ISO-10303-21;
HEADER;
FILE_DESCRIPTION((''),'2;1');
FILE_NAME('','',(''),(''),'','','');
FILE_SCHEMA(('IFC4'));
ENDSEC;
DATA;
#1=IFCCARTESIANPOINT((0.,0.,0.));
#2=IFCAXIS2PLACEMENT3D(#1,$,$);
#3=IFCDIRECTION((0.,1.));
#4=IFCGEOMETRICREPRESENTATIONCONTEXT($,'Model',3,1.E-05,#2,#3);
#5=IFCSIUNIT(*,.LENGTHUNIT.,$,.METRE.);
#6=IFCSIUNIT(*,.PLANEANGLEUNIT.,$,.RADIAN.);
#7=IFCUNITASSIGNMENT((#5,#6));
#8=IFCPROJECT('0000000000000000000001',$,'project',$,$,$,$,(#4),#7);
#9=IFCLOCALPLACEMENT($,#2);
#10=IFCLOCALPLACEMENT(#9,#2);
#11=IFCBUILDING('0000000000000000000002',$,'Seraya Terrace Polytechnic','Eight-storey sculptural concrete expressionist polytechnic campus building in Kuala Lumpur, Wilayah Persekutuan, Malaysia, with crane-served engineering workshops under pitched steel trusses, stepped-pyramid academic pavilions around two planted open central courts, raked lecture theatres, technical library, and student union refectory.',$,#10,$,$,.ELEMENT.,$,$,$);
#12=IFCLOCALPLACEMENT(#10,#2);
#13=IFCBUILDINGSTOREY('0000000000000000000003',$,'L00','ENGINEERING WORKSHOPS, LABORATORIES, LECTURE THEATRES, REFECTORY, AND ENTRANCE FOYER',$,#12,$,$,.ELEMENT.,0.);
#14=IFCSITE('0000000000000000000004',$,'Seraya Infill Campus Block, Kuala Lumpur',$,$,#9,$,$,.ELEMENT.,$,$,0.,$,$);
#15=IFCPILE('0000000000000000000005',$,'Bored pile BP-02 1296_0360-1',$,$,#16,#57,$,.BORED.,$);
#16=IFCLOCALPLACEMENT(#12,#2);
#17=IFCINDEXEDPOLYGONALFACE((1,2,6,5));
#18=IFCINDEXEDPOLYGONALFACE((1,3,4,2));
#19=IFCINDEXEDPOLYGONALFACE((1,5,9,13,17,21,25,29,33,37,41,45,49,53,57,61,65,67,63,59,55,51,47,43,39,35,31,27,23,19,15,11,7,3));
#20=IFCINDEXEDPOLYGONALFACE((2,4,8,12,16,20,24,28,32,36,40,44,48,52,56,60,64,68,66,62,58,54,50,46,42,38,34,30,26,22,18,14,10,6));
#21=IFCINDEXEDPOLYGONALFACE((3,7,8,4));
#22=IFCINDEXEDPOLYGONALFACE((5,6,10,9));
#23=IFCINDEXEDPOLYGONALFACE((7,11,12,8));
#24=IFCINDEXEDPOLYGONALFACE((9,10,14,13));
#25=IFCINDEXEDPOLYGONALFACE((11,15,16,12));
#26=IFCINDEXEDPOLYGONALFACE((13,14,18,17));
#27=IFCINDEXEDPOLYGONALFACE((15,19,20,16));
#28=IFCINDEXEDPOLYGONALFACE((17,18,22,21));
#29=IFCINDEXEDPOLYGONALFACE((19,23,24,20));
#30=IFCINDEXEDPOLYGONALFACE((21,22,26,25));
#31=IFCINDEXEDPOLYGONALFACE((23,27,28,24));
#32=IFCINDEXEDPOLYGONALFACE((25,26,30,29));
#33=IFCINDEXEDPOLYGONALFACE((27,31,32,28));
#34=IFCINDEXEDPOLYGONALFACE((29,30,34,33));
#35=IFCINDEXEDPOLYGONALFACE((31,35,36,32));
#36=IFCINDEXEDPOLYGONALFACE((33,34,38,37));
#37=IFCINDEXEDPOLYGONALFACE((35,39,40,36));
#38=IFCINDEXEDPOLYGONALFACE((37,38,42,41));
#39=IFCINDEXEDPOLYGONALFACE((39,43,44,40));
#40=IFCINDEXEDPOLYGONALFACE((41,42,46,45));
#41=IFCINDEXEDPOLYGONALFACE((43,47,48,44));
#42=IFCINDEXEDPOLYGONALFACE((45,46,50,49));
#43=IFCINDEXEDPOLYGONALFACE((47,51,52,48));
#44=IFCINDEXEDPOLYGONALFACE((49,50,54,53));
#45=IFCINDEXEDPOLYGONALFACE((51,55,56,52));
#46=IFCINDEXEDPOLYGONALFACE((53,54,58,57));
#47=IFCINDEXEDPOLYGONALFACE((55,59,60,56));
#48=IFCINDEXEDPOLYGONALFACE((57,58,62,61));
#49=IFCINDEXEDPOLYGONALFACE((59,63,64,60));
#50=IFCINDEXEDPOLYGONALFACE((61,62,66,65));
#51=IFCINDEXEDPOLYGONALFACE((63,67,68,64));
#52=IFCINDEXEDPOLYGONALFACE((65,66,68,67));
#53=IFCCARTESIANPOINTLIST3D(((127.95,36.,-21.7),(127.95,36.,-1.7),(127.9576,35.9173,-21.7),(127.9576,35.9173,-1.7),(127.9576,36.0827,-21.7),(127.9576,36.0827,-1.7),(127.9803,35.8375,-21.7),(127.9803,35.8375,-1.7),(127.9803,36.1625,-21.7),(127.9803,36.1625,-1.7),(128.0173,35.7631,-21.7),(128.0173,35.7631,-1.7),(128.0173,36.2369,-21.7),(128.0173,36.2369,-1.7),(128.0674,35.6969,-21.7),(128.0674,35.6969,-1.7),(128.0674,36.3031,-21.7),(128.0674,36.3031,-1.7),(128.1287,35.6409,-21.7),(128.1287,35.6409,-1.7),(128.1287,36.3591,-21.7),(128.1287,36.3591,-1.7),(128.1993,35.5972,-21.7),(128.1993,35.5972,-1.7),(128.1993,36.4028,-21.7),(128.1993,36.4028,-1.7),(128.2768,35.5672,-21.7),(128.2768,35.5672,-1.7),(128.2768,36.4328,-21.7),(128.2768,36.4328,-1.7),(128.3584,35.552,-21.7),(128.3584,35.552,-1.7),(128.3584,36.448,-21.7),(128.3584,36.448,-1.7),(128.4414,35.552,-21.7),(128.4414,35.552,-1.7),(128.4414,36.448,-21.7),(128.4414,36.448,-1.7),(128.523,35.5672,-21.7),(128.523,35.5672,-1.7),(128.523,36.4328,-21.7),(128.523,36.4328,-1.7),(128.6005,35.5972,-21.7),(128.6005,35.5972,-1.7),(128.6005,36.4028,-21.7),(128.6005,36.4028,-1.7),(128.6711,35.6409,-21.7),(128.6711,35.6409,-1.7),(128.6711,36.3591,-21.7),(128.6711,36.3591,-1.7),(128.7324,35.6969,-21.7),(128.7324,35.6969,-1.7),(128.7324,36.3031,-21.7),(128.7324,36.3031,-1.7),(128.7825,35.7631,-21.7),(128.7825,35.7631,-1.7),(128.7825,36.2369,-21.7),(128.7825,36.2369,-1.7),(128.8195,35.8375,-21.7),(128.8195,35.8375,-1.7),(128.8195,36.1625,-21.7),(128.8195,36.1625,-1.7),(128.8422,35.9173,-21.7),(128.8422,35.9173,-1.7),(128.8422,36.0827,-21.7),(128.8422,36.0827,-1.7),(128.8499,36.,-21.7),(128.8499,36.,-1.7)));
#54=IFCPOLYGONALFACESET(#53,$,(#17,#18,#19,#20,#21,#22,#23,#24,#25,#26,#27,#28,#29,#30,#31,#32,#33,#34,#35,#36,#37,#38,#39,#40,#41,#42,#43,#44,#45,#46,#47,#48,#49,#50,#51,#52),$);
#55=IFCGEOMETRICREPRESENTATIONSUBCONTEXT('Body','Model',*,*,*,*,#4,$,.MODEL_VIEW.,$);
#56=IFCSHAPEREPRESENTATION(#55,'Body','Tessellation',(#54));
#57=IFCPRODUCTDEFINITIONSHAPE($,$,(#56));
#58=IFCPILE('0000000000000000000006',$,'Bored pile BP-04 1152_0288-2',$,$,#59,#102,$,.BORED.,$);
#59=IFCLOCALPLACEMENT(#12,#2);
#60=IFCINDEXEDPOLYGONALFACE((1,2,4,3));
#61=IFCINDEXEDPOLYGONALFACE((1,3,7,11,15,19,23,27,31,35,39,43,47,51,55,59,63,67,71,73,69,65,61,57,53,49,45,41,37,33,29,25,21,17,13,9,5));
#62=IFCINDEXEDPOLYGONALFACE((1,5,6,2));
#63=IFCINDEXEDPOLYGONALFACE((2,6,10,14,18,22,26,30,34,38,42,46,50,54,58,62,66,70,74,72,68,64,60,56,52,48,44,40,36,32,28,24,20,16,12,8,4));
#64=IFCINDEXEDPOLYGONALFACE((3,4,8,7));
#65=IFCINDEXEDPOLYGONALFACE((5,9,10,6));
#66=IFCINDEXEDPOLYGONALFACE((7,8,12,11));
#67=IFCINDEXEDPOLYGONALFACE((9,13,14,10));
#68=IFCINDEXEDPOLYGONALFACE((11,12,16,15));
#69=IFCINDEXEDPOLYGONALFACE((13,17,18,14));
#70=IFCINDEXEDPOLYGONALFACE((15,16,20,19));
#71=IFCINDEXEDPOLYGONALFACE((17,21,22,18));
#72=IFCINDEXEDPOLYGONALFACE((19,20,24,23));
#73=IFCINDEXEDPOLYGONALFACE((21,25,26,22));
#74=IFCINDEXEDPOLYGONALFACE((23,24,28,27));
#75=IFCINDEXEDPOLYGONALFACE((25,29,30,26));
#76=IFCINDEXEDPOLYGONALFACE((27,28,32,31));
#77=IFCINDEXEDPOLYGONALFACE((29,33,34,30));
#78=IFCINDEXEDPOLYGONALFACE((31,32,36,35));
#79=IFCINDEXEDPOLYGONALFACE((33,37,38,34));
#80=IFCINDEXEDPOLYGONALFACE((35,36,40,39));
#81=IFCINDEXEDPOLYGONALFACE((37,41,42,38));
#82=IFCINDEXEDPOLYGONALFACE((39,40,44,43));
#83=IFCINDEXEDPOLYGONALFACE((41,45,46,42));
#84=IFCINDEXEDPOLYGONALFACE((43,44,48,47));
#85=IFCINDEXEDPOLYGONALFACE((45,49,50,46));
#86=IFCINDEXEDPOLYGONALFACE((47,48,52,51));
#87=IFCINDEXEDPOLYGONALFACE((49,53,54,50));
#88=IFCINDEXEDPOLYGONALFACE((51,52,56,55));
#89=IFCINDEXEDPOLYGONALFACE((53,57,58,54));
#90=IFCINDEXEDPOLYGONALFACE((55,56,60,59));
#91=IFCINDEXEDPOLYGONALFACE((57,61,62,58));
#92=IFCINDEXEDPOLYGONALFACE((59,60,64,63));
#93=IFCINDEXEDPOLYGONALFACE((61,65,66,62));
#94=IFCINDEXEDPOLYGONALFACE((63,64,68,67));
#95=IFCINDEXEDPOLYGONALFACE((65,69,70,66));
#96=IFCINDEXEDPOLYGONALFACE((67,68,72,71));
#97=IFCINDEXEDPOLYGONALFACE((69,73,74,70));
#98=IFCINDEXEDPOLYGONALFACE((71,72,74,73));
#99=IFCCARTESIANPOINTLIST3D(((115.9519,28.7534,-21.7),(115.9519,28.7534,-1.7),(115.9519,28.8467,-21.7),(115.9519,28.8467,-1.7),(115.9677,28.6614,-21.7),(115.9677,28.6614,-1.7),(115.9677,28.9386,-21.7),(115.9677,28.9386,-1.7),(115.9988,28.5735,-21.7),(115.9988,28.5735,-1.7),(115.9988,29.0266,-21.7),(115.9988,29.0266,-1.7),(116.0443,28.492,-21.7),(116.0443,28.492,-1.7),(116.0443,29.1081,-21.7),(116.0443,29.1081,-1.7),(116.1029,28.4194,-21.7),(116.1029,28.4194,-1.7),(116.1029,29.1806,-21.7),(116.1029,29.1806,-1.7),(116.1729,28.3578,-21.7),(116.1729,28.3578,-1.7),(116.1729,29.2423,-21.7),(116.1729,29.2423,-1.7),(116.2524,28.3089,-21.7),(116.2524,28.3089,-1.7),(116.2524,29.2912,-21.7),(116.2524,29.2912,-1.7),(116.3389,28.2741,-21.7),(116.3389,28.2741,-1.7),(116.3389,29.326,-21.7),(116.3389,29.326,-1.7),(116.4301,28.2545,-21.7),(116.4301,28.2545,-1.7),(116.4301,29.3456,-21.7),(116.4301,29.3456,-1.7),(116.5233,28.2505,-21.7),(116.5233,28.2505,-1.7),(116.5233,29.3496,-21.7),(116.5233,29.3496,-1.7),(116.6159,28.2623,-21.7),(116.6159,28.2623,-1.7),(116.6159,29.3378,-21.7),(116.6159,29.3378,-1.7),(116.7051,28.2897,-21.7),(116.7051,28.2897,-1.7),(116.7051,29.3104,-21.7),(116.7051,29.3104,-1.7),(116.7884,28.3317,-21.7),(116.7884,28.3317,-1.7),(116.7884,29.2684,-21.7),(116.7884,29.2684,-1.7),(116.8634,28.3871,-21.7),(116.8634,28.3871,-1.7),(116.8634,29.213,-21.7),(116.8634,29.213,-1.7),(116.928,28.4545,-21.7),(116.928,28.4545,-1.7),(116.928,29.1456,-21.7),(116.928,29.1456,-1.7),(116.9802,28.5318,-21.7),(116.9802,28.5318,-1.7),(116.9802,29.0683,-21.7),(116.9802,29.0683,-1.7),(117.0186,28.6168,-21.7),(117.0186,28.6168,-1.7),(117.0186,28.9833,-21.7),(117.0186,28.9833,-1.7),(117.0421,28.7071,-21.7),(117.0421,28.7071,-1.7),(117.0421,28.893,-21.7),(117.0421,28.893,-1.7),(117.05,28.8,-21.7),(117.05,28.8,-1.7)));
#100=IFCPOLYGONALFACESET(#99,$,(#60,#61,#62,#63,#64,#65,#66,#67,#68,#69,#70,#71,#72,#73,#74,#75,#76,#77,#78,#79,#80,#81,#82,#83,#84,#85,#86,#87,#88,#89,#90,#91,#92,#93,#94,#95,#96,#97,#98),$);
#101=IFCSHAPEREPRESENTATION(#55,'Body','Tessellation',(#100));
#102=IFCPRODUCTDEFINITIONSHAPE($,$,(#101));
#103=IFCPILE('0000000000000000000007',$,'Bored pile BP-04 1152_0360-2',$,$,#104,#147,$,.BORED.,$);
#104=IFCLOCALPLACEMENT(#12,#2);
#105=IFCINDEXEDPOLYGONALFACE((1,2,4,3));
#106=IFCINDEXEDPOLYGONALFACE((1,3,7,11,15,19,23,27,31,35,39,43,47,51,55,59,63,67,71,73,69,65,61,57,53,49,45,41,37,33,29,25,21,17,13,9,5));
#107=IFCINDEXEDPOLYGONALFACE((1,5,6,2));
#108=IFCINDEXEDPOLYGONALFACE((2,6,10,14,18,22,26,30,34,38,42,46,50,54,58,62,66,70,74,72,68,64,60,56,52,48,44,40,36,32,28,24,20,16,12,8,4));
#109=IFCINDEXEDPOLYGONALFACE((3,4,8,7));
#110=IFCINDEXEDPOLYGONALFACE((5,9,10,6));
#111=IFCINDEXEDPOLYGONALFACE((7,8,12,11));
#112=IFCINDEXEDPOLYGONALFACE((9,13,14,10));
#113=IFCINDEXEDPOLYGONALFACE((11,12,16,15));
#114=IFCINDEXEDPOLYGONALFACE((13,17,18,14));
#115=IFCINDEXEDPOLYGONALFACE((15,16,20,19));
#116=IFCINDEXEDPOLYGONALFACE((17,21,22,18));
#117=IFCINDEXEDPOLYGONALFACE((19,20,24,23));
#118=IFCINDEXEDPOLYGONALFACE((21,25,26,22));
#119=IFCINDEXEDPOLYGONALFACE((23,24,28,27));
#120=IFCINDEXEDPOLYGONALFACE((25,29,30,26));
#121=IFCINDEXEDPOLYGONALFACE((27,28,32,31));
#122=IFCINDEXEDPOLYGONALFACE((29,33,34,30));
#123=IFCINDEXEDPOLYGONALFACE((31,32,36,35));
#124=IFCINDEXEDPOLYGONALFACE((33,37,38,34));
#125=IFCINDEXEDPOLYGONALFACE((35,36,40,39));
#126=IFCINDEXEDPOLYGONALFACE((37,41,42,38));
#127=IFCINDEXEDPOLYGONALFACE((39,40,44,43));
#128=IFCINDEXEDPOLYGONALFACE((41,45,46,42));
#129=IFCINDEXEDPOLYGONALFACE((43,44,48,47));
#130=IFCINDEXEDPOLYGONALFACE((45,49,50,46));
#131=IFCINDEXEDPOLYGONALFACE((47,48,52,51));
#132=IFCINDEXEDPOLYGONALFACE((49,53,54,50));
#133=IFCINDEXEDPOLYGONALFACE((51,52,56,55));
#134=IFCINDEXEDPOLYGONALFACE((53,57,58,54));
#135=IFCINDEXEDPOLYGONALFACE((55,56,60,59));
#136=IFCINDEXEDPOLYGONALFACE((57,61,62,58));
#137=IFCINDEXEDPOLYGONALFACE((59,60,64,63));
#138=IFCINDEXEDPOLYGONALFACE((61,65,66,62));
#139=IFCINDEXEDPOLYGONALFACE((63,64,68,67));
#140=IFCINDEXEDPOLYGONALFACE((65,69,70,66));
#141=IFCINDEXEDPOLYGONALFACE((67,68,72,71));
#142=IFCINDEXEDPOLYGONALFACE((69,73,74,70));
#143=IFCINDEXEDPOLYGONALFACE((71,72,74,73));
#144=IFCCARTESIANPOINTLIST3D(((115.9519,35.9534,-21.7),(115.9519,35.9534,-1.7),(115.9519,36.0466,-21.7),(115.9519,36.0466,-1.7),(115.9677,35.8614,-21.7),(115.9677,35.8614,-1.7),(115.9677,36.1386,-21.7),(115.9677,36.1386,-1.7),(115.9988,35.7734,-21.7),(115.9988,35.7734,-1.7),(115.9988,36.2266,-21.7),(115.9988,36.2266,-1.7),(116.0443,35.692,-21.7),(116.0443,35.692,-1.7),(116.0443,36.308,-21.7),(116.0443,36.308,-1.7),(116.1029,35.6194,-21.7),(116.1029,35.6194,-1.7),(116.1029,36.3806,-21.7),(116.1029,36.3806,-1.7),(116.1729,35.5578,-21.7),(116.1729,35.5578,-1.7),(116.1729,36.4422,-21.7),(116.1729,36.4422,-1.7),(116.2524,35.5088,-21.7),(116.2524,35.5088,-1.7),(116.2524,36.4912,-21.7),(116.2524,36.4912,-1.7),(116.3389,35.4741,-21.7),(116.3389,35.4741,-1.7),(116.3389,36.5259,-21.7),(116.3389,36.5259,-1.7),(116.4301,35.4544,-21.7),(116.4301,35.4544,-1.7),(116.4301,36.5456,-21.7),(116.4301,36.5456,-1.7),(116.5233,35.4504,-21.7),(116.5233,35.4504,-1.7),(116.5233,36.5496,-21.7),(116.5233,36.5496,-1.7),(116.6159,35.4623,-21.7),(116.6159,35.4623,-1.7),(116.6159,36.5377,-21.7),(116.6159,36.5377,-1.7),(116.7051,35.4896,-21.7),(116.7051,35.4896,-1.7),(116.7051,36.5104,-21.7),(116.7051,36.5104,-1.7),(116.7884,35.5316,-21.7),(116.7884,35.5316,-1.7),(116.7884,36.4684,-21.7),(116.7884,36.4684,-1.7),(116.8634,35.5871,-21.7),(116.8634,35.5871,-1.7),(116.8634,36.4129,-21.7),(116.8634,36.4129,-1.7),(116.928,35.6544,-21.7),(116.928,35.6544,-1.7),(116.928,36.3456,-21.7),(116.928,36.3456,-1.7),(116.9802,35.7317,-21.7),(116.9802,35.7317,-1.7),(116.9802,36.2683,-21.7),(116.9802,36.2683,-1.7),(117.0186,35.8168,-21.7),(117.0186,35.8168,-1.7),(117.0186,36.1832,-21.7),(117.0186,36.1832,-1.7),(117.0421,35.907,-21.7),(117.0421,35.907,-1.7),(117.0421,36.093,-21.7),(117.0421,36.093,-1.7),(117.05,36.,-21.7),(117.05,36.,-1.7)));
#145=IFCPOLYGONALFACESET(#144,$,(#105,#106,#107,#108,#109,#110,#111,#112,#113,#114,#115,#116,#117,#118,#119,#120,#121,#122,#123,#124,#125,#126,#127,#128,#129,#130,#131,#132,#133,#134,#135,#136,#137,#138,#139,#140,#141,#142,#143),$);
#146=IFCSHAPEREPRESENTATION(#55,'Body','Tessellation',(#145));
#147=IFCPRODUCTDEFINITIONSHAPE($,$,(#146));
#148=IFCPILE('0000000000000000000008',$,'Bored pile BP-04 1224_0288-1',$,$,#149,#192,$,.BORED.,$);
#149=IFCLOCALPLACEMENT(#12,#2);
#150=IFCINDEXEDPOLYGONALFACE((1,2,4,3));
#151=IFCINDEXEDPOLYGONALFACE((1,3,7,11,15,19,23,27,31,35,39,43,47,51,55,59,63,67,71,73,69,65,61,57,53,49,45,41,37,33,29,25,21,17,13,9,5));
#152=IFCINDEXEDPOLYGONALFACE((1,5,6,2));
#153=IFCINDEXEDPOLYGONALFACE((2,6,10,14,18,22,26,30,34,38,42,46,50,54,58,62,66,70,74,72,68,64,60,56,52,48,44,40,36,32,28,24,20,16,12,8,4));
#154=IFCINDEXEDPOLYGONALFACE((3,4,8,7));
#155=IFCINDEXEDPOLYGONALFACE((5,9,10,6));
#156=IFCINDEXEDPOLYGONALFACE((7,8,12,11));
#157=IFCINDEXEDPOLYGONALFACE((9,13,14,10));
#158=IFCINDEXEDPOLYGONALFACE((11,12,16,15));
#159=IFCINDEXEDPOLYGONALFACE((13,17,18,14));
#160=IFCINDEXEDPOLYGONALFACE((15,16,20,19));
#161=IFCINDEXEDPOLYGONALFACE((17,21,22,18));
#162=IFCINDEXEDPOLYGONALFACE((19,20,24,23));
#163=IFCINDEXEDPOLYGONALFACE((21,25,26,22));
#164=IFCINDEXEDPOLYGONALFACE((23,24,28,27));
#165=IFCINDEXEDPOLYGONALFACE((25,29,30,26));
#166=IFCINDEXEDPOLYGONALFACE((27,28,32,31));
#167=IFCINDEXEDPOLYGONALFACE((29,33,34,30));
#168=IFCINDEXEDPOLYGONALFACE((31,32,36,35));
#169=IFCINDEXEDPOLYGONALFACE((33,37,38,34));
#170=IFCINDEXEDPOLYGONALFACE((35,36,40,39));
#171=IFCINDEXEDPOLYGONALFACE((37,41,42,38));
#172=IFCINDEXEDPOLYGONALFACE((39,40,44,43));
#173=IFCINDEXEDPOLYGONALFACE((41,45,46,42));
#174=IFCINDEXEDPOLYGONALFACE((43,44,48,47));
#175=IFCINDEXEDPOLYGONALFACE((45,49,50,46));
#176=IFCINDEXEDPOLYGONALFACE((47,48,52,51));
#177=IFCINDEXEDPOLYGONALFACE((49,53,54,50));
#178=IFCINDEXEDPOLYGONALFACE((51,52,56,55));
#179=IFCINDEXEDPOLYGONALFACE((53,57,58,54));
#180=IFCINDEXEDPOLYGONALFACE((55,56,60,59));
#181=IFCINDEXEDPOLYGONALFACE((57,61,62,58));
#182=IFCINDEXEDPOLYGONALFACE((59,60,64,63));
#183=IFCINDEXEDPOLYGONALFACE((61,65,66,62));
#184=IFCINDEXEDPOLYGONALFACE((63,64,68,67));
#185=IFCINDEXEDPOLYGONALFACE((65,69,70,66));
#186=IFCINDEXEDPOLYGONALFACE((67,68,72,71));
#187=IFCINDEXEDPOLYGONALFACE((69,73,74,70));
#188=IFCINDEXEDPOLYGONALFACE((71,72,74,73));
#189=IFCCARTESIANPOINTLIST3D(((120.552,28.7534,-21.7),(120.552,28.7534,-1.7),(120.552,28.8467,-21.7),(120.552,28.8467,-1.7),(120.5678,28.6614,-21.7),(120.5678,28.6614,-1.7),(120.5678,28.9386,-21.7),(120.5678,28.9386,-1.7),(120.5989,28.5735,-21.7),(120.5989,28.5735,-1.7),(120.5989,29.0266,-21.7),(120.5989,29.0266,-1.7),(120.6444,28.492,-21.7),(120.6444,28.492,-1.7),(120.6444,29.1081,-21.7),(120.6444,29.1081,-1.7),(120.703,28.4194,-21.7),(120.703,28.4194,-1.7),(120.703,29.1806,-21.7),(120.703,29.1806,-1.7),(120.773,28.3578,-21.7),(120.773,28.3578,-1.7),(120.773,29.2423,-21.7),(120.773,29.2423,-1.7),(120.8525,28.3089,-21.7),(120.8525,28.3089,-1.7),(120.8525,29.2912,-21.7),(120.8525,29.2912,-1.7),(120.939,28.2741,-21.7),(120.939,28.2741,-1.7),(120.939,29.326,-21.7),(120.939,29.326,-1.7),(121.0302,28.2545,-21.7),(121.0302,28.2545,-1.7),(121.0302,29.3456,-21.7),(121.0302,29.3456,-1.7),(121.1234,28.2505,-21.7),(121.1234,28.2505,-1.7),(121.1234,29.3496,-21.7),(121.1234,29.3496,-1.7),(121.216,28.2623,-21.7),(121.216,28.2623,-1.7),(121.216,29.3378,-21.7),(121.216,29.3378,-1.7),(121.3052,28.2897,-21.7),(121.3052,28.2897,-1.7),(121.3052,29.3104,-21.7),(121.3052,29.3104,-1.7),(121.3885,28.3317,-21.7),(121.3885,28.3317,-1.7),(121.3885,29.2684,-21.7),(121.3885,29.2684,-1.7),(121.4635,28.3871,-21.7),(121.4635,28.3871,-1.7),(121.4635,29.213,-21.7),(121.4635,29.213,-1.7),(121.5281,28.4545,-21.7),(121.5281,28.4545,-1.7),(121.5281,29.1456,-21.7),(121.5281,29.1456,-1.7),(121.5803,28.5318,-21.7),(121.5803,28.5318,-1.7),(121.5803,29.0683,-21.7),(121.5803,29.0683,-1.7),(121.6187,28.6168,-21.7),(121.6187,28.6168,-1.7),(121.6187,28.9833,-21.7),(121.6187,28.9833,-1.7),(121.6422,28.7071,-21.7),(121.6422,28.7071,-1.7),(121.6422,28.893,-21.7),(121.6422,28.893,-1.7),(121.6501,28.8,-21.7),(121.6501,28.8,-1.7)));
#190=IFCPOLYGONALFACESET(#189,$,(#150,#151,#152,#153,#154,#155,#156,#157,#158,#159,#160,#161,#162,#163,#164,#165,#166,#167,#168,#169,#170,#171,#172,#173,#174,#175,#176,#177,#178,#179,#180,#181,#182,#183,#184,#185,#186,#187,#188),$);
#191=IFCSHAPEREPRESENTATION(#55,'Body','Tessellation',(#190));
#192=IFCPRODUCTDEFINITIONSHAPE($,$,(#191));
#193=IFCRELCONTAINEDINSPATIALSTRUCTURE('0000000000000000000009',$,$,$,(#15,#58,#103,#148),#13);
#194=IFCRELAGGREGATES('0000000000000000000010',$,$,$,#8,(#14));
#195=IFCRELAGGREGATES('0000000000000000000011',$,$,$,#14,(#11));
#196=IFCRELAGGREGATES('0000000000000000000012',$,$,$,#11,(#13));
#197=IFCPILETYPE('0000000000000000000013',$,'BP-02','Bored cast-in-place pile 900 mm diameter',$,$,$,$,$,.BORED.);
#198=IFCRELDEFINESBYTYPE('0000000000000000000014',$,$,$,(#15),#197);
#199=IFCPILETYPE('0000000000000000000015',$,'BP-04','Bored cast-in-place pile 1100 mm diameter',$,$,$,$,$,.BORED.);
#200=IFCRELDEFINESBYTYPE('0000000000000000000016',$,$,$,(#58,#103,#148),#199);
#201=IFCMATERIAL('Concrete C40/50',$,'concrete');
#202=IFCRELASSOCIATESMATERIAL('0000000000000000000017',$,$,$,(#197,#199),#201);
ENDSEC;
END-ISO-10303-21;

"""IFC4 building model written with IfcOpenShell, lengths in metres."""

from ifc_helpers import new_model, si_unit, direction, frame, origin, origin_2d, place, context, subcontext, project, spatial, circle, extrude, material, material_profile, profile_set, type_object, element, save


model = new_model("IFC4")

# Units and contexts
model_context = context("Model", 3, precision=1e-05, world=origin(), true_north=direction((0.0, 1.0)))
body_context = subcontext(model_context, "Body", "Model", "MODEL_VIEW")
ifc_project = project(units=[si_unit("LENGTHUNIT", "METRE"), si_unit("PLANEANGLEUNIT", "RADIAN")], contexts=[model_context])

# Site, building, storey
site_placement = place(None, origin())
site = spatial("IfcSite", under=ifc_project, at=site_placement, Name="Seraya Infill Campus Block, Kuala Lumpur", CompositionType="ELEMENT", RefElevation=0.0)
building_placement = place(site_placement, origin())
building = spatial("IfcBuilding", under=site, at=building_placement, Name="Seraya Terrace Polytechnic", Description="Eight-storey sculptural concrete expressionist polytechnic campus building in Kuala Lumpur, Wilayah Persekutuan, Malaysia, with crane-served engineering workshops under pitched steel trusses, stepped-pyramid academic pavilions around two planted open central courts, raked lecture theatres, technical library, and student union refectory.", CompositionType="ELEMENT")
storey_placement = place(building_placement, origin())
storey = spatial("IfcBuildingStorey", under=building, at=storey_placement, Name="L00", Description="ENGINEERING WORKSHOPS, LABORATORIES, LECTURE THEATRES, REFECTORY, AND ENTRANCE FOYER", CompositionType="ELEMENT", Elevation=0.0)

# Piles
ifc_material_1 = material(Name="Concrete C40/50", Category="concrete")
ifc_material_profile_1 = material_profile(ifc_material_1, circle(Radius=0.45, at=origin_2d()), Name="DIA 900")
ifc_profile_set_1 = profile_set([ifc_material_profile_1], Name="Concrete C40/50")
pile_type_1 = type_object("IfcPileType", Name="BP-02", Description="Bored cast-in-place pile 900 mm diameter", PredefinedType="BORED", material=ifc_profile_set_1)
pile_placement = place(storey_placement, frame((128.3999, 36.0, -1.7), z_axis=(0.0, 0.0, -1.0), x_axis=(1.0, 0.0, 0.0)))
element("IfcPile", 1, at=pile_placement, inside=storey, type_object=pile_type_1, Name="Bored pile BP-02 1296_0360-1", PredefinedType="BORED", context=body_context, shape_type="SweptSolid", body=[
    extrude(circle(Radius=0.45, at=origin_2d()), origin(), (0.0, 0.0, 1.0), 20.0),
])
ifc_material_profile_2 = material_profile(ifc_material_1, circle(Radius=0.55, at=origin_2d()), Name="DIA 1100")
ifc_profile_set_2 = profile_set([ifc_material_profile_2], Name="Concrete C40/50")
pile_type_2 = type_object("IfcPileType", Name="BP-04", Description="Bored cast-in-place pile 1100 mm diameter", PredefinedType="BORED", material=ifc_profile_set_2)
for number, where, z_axis, x_axis, name in (
    (2, (116.5, 28.8, -1.7), (0.0, 0.0, -1.0), (1.0, 0.0, 0.0), "Bored pile BP-04 1152_0288-2"),
    (3, (116.5, 36.0, -1.7), (0.0, 0.0, -1.0), (1.0, 0.0, 0.0), "Bored pile BP-04 1152_0360-2"),
    (4, (121.1001, 28.8, -1.7), (0.0, 0.0, -1.0), (1.0, 0.0, 0.0), "Bored pile BP-04 1224_0288-1"),
):
    element("IfcPile", number, at=place(storey_placement, frame(where, z_axis=z_axis, x_axis=x_axis)), inside=storey, type_object=pile_type_2, Name=name, PredefinedType="BORED", context=body_context, shape_type="SweptSolid", body=[
        extrude(circle(Radius=0.55, at=origin_2d()), origin(), (0.0, 0.0, 1.0), 20.0),
    ])

save(model, "model.ifc")
